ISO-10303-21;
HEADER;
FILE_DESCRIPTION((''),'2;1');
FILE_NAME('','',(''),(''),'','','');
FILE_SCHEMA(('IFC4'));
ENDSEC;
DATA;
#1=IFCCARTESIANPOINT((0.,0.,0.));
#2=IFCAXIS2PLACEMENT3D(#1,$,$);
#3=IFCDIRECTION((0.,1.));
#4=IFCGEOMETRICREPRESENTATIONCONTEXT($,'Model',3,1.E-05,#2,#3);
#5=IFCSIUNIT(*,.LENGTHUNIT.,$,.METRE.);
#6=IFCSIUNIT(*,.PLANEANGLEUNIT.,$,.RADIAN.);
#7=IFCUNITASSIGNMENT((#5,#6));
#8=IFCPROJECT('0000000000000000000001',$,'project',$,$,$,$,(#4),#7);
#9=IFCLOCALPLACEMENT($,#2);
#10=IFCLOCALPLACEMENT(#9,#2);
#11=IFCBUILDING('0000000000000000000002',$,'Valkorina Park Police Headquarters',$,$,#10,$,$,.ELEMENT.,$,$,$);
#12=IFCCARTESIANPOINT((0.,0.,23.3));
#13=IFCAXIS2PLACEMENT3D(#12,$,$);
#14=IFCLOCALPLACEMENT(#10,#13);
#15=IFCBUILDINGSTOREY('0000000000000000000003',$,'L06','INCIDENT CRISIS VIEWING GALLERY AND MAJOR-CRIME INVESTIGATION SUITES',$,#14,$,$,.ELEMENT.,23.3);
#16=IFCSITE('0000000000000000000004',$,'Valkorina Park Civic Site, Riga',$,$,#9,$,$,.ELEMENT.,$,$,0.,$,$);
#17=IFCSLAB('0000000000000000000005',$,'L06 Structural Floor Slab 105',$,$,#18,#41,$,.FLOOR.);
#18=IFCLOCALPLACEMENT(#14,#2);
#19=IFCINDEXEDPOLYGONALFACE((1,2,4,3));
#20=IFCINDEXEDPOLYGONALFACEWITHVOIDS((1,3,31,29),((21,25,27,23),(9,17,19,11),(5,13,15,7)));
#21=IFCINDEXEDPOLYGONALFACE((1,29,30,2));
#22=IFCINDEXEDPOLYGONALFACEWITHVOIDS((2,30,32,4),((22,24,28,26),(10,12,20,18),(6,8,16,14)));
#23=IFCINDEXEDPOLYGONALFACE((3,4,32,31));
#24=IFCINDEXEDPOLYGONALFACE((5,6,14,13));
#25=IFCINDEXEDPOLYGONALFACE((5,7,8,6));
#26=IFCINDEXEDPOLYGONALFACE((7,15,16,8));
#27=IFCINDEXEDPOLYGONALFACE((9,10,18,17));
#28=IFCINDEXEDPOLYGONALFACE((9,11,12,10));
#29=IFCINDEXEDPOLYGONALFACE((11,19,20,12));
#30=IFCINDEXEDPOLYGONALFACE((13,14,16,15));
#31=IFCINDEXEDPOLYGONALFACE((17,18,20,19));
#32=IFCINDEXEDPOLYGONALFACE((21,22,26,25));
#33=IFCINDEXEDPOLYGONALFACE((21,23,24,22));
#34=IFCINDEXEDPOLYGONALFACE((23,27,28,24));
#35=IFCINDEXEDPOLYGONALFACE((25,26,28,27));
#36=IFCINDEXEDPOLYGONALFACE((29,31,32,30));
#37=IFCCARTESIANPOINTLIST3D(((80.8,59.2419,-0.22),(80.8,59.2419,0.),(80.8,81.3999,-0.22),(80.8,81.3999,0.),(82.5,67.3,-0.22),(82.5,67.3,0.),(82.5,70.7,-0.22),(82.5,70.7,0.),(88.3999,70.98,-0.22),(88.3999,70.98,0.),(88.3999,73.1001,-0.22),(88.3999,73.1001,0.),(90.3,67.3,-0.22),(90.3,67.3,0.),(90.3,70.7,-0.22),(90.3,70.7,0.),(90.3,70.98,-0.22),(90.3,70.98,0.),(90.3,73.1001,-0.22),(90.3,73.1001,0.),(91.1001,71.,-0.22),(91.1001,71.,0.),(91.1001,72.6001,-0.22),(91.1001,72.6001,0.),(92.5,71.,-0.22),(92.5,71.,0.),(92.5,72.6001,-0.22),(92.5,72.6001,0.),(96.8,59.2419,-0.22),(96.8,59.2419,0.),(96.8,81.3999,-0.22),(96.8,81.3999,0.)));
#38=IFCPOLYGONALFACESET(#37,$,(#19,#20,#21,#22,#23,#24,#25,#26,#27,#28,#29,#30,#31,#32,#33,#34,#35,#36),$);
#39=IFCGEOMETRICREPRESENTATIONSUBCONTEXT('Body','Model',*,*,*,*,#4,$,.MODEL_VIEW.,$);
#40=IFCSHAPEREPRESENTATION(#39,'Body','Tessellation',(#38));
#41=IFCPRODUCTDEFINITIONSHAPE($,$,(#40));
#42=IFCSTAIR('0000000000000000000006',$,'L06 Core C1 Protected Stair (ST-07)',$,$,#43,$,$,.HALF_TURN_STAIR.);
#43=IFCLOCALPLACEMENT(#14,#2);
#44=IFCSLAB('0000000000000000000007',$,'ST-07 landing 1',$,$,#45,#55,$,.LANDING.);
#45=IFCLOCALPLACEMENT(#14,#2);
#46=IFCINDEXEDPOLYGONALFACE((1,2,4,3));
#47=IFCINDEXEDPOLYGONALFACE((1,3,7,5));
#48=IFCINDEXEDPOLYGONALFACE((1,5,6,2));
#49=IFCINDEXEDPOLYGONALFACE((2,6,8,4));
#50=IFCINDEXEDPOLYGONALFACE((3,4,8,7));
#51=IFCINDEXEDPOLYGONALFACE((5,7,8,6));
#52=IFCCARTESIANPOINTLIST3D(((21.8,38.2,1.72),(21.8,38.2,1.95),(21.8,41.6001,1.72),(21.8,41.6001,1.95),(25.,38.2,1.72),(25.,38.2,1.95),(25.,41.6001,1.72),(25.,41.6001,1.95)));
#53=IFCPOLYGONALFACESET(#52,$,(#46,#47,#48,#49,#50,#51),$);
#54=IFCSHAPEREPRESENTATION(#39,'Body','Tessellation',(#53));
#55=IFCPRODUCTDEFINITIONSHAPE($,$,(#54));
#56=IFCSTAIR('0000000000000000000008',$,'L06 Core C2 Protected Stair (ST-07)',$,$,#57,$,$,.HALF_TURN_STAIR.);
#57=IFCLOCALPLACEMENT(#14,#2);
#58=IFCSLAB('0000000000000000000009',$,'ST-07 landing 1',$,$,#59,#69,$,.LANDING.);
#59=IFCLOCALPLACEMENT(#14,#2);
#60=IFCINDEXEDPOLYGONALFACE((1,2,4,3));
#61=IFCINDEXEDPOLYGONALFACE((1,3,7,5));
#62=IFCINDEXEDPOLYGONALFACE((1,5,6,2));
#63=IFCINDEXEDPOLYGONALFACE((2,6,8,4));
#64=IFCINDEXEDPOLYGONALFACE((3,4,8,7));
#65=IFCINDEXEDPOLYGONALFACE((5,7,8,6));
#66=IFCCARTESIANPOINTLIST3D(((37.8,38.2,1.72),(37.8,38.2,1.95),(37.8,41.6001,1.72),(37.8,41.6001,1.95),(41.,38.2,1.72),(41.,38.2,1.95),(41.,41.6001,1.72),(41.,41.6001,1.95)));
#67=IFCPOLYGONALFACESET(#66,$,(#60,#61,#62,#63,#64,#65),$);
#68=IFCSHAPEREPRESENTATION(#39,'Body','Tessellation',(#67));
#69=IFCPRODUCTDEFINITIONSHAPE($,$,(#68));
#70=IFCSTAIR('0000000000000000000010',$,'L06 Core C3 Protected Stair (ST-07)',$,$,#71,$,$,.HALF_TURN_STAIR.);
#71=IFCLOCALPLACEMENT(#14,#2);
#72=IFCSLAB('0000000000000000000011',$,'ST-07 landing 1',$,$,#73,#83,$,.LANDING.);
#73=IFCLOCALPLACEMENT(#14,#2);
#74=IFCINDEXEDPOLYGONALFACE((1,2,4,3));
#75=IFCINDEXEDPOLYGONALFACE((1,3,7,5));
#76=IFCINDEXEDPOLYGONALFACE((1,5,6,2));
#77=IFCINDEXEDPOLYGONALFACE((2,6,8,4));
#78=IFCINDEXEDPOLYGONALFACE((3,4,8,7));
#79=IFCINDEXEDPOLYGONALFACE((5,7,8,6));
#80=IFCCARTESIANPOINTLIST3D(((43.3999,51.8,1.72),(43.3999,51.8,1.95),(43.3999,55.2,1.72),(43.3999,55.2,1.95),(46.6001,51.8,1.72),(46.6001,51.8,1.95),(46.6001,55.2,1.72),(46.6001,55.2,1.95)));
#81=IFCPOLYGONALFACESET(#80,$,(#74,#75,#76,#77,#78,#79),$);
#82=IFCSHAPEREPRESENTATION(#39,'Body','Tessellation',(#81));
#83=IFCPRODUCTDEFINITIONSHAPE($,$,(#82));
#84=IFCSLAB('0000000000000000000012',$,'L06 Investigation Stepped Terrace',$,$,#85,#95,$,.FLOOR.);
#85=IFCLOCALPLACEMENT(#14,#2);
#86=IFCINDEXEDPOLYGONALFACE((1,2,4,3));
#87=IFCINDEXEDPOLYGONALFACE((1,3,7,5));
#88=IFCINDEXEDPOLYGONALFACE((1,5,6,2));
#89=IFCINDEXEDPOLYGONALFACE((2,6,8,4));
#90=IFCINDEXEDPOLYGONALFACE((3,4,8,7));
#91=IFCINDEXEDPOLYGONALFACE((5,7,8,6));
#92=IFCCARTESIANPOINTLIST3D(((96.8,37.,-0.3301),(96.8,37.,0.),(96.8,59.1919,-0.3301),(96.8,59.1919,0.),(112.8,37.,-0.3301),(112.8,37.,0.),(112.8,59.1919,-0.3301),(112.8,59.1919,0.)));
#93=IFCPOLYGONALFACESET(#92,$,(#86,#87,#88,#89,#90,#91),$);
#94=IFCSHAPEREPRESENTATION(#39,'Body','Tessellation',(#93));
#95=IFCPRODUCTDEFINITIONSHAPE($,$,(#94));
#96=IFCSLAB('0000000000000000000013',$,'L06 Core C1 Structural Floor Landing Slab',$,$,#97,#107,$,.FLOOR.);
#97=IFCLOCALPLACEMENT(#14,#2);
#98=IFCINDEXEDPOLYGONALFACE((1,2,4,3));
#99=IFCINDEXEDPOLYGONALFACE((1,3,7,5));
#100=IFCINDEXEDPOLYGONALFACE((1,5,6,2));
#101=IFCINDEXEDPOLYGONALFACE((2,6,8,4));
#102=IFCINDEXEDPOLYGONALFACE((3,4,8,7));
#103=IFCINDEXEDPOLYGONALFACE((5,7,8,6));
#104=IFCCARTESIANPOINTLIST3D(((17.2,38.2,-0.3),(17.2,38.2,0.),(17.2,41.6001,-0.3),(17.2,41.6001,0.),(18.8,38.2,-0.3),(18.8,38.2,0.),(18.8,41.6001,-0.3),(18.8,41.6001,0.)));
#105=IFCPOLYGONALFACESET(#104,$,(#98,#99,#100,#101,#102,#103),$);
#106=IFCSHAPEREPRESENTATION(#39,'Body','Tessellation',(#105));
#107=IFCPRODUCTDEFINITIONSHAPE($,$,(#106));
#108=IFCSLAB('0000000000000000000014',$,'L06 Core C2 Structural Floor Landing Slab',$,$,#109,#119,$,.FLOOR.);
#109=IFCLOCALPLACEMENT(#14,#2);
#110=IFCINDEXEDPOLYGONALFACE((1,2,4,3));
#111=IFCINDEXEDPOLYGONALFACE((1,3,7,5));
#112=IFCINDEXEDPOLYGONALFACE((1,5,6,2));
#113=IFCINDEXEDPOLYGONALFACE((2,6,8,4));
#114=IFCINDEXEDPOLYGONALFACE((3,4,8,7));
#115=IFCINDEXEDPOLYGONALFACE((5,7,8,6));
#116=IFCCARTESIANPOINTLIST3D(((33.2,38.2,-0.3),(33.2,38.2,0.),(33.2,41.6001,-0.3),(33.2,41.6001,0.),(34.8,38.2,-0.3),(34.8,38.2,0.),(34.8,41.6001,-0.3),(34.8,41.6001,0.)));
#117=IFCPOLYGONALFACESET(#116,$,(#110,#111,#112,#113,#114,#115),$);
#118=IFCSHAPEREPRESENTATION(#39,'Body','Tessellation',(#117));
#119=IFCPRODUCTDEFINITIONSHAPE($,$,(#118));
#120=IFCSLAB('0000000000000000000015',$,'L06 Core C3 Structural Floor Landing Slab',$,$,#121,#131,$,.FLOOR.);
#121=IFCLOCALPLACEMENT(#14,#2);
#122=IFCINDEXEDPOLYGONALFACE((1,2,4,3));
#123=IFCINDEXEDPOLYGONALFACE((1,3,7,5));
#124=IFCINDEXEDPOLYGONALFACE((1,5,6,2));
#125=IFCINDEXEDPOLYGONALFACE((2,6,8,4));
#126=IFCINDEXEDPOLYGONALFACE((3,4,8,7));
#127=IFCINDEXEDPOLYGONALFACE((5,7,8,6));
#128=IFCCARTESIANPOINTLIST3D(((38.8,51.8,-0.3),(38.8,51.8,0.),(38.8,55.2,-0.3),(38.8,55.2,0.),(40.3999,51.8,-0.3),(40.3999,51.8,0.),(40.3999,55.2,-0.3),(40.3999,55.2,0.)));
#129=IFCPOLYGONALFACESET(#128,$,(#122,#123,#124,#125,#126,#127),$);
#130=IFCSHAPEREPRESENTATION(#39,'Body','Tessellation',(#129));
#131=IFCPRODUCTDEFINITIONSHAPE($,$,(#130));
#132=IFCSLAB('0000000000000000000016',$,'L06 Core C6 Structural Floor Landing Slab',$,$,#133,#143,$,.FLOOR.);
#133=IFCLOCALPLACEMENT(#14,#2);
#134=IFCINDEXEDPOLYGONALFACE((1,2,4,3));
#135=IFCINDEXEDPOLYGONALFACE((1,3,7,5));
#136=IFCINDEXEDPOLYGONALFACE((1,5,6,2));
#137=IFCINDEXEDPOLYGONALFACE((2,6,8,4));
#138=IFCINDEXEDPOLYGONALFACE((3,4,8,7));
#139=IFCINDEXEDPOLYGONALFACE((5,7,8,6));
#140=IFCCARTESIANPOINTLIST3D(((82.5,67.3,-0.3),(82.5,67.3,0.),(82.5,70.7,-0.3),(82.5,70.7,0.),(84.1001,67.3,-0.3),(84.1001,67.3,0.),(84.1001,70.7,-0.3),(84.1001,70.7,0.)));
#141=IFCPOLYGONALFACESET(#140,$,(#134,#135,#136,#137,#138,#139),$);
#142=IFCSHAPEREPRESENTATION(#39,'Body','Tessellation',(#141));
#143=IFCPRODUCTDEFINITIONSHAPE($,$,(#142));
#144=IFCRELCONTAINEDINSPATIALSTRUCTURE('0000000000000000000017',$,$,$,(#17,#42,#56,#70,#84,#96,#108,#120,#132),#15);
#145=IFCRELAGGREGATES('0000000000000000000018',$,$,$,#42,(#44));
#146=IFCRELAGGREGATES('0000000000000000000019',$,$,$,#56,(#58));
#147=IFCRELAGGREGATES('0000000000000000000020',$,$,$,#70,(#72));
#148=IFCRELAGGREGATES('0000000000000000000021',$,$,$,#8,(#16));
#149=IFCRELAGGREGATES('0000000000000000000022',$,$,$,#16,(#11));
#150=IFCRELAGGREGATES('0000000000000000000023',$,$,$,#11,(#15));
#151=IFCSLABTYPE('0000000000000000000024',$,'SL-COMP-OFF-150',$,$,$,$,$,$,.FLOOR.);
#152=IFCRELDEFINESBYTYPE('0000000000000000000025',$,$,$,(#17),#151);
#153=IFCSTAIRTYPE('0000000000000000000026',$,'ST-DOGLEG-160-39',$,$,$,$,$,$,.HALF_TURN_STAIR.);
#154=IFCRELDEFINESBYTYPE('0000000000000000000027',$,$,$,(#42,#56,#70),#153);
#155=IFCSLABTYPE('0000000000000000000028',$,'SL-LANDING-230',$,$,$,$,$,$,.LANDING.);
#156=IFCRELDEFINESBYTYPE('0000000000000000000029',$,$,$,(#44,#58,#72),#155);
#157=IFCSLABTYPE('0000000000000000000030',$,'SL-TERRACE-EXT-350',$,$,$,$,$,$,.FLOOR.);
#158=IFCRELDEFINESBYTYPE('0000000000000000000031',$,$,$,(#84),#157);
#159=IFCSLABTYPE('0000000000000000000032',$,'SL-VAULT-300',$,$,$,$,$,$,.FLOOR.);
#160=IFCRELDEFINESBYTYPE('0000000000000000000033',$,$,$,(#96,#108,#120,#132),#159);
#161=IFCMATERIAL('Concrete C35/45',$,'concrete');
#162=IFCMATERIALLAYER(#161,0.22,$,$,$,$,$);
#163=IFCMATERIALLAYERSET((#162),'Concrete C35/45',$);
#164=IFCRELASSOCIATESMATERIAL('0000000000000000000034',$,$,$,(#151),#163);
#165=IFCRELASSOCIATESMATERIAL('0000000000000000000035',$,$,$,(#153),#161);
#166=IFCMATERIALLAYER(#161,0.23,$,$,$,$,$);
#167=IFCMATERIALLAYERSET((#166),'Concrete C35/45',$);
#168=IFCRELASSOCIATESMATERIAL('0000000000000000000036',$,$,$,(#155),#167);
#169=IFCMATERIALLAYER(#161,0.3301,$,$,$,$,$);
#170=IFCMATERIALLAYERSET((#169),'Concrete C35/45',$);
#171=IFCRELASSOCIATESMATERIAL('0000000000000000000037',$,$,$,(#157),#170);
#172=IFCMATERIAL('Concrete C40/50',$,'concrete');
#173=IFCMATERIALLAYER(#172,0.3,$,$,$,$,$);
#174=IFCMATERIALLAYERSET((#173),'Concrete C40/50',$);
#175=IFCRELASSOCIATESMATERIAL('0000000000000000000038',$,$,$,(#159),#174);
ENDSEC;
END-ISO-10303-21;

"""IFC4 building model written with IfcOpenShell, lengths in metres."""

from ifc_helpers import new_model, si_unit, direction, frame, origin, place, context, subcontext, project, spatial, polyline, outline, extrude, material, layer, layer_set, type_object, element, aggregate, save


model = new_model("IFC4")

# Units and contexts
model_context = context("Model", 3, precision=1e-05, world=origin(), true_north=direction((0.0, 1.0)))
body_context = subcontext(model_context, "Body", "Model", "MODEL_VIEW")
ifc_project = project(units=[si_unit("LENGTHUNIT", "METRE"), si_unit("PLANEANGLEUNIT", "RADIAN")], contexts=[model_context])

# Site, building, storey
site_placement = place(None, origin())
site = spatial("IfcSite", under=ifc_project, at=site_placement, Name="Valkorina Park Civic Site, Riga", CompositionType="ELEMENT", RefElevation=0.0)
building_placement = place(site_placement, origin())
building = spatial("IfcBuilding", under=site, at=building_placement, Name="Valkorina Park Police Headquarters", CompositionType="ELEMENT")
storey_placement = place(building_placement, frame((0.0, 0.0, 23.3)))
storey = spatial("IfcBuildingStorey", under=building, at=storey_placement, Name="L06", Description="INCIDENT CRISIS VIEWING GALLERY AND MAJOR-CRIME INVESTIGATION SUITES", CompositionType="ELEMENT", Elevation=23.3)

# Slab
ifc_material_1 = material(Name="Concrete C35/45", Category="concrete")
ifc_layer_1 = layer(ifc_material_1, 0.22)
ifc_layer_set_1 = layer_set([ifc_layer_1], Name="Concrete C35/45")
slab_type_1 = type_object("IfcSlabType", Name="SL-COMP-OFF-150", PredefinedType="FLOOR", material=ifc_layer_set_1)
slab_1_placement = place(storey_placement, frame((0.0, 0.0, -0.22)))
element("IfcSlab", 1, at=slab_1_placement, inside=storey, type_object=slab_type_1, Name="L06 Structural Floor Slab 105", PredefinedType="FLOOR", context=body_context, shape_type="SweptSolid", body=[
    extrude(outline(polyline([(96.8, 59.2419), (96.8, 81.3999), (80.8, 81.3999), (80.8, 59.2419), (96.8, 59.2419)]), holes=[polyline([(82.5, 67.3), (82.5, 70.7), (90.3, 70.7), (90.3, 67.3), (82.5, 67.3)]), polyline([(92.5, 71.0), (91.1001, 71.0), (91.1001, 72.6001), (92.5, 72.6001), (92.5, 71.0)]), polyline([(90.3, 70.98), (88.3999, 70.98), (88.3999, 73.1001), (90.3, 73.1001), (90.3, 70.98)])]), origin(), (0.0, 0.0, 1.0), 0.22),
])

# Stairs, slabs
stair_type = type_object("IfcStairType", Name="ST-DOGLEG-160-39", PredefinedType="HALF_TURN_STAIR", material=ifc_material_1)
stair_1_placement = place(storey_placement, origin())
stair_1 = element("IfcStair", 2, at=stair_1_placement, inside=storey, type_object=stair_type, Name="L06 Core C1 Protected Stair (ST-07)", PredefinedType="HALF_TURN_STAIR")
ifc_layer_2 = layer(ifc_material_1, 0.23)
ifc_layer_set_2 = layer_set([ifc_layer_2], Name="Concrete C35/45")
slab_type_2 = type_object("IfcSlabType", Name="SL-LANDING-230", PredefinedType="LANDING", material=ifc_layer_set_2)
slab_2_placement = place(storey_placement, frame((0.0, 0.0, 1.72)))
slab_2 = element("IfcSlab", 3, at=slab_2_placement, type_object=slab_type_2, Name="ST-07 landing 1", PredefinedType="LANDING", context=body_context, shape_type="SweptSolid", body=[
    extrude(outline(polyline([(21.8, 38.2), (25.0, 38.2), (25.0, 41.6001), (21.8, 41.6001), (21.8, 38.2)])), origin(), (0.0, 0.0, 1.0), 0.23),
])
aggregate(stair_1, [slab_2])
stair_2_placement = place(storey_placement, origin())
stair_2 = element("IfcStair", 4, at=stair_2_placement, inside=storey, type_object=stair_type, Name="L06 Core C2 Protected Stair (ST-07)", PredefinedType="HALF_TURN_STAIR")
slab_3_placement = place(storey_placement, frame((0.0, 0.0, 1.72)))
slab_3 = element("IfcSlab", 5, at=slab_3_placement, type_object=slab_type_2, Name="ST-07 landing 1", PredefinedType="LANDING", context=body_context, shape_type="SweptSolid", body=[
    extrude(outline(polyline([(37.8, 38.2), (41.0, 38.2), (41.0, 41.6001), (37.8, 41.6001), (37.8, 38.2)])), origin(), (0.0, 0.0, 1.0), 0.23),
])
aggregate(stair_2, [slab_3])
stair_3_placement = place(storey_placement, origin())
stair_3 = element("IfcStair", 6, at=stair_3_placement, inside=storey, type_object=stair_type, Name="L06 Core C3 Protected Stair (ST-07)", PredefinedType="HALF_TURN_STAIR")
slab_4_placement = place(storey_placement, frame((0.0, 0.0, 1.72)))
slab_4 = element("IfcSlab", 7, at=slab_4_placement, type_object=slab_type_2, Name="ST-07 landing 1", PredefinedType="LANDING", context=body_context, shape_type="SweptSolid", body=[
    extrude(outline(polyline([(43.3999, 51.8), (46.6001, 51.8), (46.6001, 55.2), (43.3999, 55.2), (43.3999, 51.8)])), origin(), (0.0, 0.0, 1.0), 0.23),
])
aggregate(stair_3, [slab_4])

# Slabs
ifc_layer_3 = layer(ifc_material_1, 0.3301)
ifc_layer_set_3 = layer_set([ifc_layer_3], Name="Concrete C35/45")
slab_type_3 = type_object("IfcSlabType", Name="SL-TERRACE-EXT-350", PredefinedType="FLOOR", material=ifc_layer_set_3)
slab_5_placement = place(storey_placement, frame((0.0, 0.0, -0.3301)))
element("IfcSlab", 8, at=slab_5_placement, inside=storey, type_object=slab_type_3, Name="L06 Investigation Stepped Terrace", PredefinedType="FLOOR", context=body_context, shape_type="SweptSolid", body=[
    extrude(outline(polyline([(112.8, 59.1919), (96.8, 59.1919), (96.8, 37.0), (112.8, 37.0), (112.8, 59.1919)])), origin(), (0.0, 0.0, 1.0), 0.3301),
])
ifc_material_2 = material(Name="Concrete C40/50", Category="concrete")
ifc_layer_4 = layer(ifc_material_2, 0.3)
ifc_layer_set_4 = layer_set([ifc_layer_4], Name="Concrete C40/50")
slab_type_4 = type_object("IfcSlabType", Name="SL-VAULT-300", PredefinedType="FLOOR", material=ifc_layer_set_4)
slab_6_placement = place(storey_placement, frame((0.0, 0.0, -0.3)))
element("IfcSlab", 9, at=slab_6_placement, inside=storey, type_object=slab_type_4, Name="L06 Core C1 Structural Floor Landing Slab", PredefinedType="FLOOR", context=body_context, shape_type="SweptSolid", body=[
    extrude(outline(polyline([(17.2, 38.2), (18.8, 38.2), (18.8, 41.6001), (17.2, 41.6001), (17.2, 38.2)])), origin(), (0.0, 0.0, 1.0), 0.3),
])
slab_7_placement = place(storey_placement, frame((0.0, 0.0, -0.3)))
element("IfcSlab", 10, at=slab_7_placement, inside=storey, type_object=slab_type_4, Name="L06 Core C2 Structural Floor Landing Slab", PredefinedType="FLOOR", context=body_context, shape_type="SweptSolid", body=[
    extrude(outline(polyline([(33.2, 38.2), (34.8, 38.2), (34.8, 41.6001), (33.2, 41.6001), (33.2, 38.2)])), origin(), (0.0, 0.0, 1.0), 0.3),
])
slab_8_placement = place(storey_placement, frame((0.0, 0.0, -0.3)))
element("IfcSlab", 11, at=slab_8_placement, inside=storey, type_object=slab_type_4, Name="L06 Core C3 Structural Floor Landing Slab", PredefinedType="FLOOR", context=body_context, shape_type="SweptSolid", body=[
    extrude(outline(polyline([(38.8, 51.8), (40.3999, 51.8), (40.3999, 55.2), (38.8, 55.2), (38.8, 51.8)])), origin(), (0.0, 0.0, 1.0), 0.3),
])
slab_9_placement = place(storey_placement, frame((0.0, 0.0, -0.3)))
element("IfcSlab", 12, at=slab_9_placement, inside=storey, type_object=slab_type_4, Name="L06 Core C6 Structural Floor Landing Slab", PredefinedType="FLOOR", context=body_context, shape_type="SweptSolid", body=[
    extrude(outline(polyline([(82.5, 67.3), (84.1001, 67.3), (84.1001, 70.7), (82.5, 70.7), (82.5, 67.3)])), origin(), (0.0, 0.0, 1.0), 0.3),
])

save(model, "model.ifc")
